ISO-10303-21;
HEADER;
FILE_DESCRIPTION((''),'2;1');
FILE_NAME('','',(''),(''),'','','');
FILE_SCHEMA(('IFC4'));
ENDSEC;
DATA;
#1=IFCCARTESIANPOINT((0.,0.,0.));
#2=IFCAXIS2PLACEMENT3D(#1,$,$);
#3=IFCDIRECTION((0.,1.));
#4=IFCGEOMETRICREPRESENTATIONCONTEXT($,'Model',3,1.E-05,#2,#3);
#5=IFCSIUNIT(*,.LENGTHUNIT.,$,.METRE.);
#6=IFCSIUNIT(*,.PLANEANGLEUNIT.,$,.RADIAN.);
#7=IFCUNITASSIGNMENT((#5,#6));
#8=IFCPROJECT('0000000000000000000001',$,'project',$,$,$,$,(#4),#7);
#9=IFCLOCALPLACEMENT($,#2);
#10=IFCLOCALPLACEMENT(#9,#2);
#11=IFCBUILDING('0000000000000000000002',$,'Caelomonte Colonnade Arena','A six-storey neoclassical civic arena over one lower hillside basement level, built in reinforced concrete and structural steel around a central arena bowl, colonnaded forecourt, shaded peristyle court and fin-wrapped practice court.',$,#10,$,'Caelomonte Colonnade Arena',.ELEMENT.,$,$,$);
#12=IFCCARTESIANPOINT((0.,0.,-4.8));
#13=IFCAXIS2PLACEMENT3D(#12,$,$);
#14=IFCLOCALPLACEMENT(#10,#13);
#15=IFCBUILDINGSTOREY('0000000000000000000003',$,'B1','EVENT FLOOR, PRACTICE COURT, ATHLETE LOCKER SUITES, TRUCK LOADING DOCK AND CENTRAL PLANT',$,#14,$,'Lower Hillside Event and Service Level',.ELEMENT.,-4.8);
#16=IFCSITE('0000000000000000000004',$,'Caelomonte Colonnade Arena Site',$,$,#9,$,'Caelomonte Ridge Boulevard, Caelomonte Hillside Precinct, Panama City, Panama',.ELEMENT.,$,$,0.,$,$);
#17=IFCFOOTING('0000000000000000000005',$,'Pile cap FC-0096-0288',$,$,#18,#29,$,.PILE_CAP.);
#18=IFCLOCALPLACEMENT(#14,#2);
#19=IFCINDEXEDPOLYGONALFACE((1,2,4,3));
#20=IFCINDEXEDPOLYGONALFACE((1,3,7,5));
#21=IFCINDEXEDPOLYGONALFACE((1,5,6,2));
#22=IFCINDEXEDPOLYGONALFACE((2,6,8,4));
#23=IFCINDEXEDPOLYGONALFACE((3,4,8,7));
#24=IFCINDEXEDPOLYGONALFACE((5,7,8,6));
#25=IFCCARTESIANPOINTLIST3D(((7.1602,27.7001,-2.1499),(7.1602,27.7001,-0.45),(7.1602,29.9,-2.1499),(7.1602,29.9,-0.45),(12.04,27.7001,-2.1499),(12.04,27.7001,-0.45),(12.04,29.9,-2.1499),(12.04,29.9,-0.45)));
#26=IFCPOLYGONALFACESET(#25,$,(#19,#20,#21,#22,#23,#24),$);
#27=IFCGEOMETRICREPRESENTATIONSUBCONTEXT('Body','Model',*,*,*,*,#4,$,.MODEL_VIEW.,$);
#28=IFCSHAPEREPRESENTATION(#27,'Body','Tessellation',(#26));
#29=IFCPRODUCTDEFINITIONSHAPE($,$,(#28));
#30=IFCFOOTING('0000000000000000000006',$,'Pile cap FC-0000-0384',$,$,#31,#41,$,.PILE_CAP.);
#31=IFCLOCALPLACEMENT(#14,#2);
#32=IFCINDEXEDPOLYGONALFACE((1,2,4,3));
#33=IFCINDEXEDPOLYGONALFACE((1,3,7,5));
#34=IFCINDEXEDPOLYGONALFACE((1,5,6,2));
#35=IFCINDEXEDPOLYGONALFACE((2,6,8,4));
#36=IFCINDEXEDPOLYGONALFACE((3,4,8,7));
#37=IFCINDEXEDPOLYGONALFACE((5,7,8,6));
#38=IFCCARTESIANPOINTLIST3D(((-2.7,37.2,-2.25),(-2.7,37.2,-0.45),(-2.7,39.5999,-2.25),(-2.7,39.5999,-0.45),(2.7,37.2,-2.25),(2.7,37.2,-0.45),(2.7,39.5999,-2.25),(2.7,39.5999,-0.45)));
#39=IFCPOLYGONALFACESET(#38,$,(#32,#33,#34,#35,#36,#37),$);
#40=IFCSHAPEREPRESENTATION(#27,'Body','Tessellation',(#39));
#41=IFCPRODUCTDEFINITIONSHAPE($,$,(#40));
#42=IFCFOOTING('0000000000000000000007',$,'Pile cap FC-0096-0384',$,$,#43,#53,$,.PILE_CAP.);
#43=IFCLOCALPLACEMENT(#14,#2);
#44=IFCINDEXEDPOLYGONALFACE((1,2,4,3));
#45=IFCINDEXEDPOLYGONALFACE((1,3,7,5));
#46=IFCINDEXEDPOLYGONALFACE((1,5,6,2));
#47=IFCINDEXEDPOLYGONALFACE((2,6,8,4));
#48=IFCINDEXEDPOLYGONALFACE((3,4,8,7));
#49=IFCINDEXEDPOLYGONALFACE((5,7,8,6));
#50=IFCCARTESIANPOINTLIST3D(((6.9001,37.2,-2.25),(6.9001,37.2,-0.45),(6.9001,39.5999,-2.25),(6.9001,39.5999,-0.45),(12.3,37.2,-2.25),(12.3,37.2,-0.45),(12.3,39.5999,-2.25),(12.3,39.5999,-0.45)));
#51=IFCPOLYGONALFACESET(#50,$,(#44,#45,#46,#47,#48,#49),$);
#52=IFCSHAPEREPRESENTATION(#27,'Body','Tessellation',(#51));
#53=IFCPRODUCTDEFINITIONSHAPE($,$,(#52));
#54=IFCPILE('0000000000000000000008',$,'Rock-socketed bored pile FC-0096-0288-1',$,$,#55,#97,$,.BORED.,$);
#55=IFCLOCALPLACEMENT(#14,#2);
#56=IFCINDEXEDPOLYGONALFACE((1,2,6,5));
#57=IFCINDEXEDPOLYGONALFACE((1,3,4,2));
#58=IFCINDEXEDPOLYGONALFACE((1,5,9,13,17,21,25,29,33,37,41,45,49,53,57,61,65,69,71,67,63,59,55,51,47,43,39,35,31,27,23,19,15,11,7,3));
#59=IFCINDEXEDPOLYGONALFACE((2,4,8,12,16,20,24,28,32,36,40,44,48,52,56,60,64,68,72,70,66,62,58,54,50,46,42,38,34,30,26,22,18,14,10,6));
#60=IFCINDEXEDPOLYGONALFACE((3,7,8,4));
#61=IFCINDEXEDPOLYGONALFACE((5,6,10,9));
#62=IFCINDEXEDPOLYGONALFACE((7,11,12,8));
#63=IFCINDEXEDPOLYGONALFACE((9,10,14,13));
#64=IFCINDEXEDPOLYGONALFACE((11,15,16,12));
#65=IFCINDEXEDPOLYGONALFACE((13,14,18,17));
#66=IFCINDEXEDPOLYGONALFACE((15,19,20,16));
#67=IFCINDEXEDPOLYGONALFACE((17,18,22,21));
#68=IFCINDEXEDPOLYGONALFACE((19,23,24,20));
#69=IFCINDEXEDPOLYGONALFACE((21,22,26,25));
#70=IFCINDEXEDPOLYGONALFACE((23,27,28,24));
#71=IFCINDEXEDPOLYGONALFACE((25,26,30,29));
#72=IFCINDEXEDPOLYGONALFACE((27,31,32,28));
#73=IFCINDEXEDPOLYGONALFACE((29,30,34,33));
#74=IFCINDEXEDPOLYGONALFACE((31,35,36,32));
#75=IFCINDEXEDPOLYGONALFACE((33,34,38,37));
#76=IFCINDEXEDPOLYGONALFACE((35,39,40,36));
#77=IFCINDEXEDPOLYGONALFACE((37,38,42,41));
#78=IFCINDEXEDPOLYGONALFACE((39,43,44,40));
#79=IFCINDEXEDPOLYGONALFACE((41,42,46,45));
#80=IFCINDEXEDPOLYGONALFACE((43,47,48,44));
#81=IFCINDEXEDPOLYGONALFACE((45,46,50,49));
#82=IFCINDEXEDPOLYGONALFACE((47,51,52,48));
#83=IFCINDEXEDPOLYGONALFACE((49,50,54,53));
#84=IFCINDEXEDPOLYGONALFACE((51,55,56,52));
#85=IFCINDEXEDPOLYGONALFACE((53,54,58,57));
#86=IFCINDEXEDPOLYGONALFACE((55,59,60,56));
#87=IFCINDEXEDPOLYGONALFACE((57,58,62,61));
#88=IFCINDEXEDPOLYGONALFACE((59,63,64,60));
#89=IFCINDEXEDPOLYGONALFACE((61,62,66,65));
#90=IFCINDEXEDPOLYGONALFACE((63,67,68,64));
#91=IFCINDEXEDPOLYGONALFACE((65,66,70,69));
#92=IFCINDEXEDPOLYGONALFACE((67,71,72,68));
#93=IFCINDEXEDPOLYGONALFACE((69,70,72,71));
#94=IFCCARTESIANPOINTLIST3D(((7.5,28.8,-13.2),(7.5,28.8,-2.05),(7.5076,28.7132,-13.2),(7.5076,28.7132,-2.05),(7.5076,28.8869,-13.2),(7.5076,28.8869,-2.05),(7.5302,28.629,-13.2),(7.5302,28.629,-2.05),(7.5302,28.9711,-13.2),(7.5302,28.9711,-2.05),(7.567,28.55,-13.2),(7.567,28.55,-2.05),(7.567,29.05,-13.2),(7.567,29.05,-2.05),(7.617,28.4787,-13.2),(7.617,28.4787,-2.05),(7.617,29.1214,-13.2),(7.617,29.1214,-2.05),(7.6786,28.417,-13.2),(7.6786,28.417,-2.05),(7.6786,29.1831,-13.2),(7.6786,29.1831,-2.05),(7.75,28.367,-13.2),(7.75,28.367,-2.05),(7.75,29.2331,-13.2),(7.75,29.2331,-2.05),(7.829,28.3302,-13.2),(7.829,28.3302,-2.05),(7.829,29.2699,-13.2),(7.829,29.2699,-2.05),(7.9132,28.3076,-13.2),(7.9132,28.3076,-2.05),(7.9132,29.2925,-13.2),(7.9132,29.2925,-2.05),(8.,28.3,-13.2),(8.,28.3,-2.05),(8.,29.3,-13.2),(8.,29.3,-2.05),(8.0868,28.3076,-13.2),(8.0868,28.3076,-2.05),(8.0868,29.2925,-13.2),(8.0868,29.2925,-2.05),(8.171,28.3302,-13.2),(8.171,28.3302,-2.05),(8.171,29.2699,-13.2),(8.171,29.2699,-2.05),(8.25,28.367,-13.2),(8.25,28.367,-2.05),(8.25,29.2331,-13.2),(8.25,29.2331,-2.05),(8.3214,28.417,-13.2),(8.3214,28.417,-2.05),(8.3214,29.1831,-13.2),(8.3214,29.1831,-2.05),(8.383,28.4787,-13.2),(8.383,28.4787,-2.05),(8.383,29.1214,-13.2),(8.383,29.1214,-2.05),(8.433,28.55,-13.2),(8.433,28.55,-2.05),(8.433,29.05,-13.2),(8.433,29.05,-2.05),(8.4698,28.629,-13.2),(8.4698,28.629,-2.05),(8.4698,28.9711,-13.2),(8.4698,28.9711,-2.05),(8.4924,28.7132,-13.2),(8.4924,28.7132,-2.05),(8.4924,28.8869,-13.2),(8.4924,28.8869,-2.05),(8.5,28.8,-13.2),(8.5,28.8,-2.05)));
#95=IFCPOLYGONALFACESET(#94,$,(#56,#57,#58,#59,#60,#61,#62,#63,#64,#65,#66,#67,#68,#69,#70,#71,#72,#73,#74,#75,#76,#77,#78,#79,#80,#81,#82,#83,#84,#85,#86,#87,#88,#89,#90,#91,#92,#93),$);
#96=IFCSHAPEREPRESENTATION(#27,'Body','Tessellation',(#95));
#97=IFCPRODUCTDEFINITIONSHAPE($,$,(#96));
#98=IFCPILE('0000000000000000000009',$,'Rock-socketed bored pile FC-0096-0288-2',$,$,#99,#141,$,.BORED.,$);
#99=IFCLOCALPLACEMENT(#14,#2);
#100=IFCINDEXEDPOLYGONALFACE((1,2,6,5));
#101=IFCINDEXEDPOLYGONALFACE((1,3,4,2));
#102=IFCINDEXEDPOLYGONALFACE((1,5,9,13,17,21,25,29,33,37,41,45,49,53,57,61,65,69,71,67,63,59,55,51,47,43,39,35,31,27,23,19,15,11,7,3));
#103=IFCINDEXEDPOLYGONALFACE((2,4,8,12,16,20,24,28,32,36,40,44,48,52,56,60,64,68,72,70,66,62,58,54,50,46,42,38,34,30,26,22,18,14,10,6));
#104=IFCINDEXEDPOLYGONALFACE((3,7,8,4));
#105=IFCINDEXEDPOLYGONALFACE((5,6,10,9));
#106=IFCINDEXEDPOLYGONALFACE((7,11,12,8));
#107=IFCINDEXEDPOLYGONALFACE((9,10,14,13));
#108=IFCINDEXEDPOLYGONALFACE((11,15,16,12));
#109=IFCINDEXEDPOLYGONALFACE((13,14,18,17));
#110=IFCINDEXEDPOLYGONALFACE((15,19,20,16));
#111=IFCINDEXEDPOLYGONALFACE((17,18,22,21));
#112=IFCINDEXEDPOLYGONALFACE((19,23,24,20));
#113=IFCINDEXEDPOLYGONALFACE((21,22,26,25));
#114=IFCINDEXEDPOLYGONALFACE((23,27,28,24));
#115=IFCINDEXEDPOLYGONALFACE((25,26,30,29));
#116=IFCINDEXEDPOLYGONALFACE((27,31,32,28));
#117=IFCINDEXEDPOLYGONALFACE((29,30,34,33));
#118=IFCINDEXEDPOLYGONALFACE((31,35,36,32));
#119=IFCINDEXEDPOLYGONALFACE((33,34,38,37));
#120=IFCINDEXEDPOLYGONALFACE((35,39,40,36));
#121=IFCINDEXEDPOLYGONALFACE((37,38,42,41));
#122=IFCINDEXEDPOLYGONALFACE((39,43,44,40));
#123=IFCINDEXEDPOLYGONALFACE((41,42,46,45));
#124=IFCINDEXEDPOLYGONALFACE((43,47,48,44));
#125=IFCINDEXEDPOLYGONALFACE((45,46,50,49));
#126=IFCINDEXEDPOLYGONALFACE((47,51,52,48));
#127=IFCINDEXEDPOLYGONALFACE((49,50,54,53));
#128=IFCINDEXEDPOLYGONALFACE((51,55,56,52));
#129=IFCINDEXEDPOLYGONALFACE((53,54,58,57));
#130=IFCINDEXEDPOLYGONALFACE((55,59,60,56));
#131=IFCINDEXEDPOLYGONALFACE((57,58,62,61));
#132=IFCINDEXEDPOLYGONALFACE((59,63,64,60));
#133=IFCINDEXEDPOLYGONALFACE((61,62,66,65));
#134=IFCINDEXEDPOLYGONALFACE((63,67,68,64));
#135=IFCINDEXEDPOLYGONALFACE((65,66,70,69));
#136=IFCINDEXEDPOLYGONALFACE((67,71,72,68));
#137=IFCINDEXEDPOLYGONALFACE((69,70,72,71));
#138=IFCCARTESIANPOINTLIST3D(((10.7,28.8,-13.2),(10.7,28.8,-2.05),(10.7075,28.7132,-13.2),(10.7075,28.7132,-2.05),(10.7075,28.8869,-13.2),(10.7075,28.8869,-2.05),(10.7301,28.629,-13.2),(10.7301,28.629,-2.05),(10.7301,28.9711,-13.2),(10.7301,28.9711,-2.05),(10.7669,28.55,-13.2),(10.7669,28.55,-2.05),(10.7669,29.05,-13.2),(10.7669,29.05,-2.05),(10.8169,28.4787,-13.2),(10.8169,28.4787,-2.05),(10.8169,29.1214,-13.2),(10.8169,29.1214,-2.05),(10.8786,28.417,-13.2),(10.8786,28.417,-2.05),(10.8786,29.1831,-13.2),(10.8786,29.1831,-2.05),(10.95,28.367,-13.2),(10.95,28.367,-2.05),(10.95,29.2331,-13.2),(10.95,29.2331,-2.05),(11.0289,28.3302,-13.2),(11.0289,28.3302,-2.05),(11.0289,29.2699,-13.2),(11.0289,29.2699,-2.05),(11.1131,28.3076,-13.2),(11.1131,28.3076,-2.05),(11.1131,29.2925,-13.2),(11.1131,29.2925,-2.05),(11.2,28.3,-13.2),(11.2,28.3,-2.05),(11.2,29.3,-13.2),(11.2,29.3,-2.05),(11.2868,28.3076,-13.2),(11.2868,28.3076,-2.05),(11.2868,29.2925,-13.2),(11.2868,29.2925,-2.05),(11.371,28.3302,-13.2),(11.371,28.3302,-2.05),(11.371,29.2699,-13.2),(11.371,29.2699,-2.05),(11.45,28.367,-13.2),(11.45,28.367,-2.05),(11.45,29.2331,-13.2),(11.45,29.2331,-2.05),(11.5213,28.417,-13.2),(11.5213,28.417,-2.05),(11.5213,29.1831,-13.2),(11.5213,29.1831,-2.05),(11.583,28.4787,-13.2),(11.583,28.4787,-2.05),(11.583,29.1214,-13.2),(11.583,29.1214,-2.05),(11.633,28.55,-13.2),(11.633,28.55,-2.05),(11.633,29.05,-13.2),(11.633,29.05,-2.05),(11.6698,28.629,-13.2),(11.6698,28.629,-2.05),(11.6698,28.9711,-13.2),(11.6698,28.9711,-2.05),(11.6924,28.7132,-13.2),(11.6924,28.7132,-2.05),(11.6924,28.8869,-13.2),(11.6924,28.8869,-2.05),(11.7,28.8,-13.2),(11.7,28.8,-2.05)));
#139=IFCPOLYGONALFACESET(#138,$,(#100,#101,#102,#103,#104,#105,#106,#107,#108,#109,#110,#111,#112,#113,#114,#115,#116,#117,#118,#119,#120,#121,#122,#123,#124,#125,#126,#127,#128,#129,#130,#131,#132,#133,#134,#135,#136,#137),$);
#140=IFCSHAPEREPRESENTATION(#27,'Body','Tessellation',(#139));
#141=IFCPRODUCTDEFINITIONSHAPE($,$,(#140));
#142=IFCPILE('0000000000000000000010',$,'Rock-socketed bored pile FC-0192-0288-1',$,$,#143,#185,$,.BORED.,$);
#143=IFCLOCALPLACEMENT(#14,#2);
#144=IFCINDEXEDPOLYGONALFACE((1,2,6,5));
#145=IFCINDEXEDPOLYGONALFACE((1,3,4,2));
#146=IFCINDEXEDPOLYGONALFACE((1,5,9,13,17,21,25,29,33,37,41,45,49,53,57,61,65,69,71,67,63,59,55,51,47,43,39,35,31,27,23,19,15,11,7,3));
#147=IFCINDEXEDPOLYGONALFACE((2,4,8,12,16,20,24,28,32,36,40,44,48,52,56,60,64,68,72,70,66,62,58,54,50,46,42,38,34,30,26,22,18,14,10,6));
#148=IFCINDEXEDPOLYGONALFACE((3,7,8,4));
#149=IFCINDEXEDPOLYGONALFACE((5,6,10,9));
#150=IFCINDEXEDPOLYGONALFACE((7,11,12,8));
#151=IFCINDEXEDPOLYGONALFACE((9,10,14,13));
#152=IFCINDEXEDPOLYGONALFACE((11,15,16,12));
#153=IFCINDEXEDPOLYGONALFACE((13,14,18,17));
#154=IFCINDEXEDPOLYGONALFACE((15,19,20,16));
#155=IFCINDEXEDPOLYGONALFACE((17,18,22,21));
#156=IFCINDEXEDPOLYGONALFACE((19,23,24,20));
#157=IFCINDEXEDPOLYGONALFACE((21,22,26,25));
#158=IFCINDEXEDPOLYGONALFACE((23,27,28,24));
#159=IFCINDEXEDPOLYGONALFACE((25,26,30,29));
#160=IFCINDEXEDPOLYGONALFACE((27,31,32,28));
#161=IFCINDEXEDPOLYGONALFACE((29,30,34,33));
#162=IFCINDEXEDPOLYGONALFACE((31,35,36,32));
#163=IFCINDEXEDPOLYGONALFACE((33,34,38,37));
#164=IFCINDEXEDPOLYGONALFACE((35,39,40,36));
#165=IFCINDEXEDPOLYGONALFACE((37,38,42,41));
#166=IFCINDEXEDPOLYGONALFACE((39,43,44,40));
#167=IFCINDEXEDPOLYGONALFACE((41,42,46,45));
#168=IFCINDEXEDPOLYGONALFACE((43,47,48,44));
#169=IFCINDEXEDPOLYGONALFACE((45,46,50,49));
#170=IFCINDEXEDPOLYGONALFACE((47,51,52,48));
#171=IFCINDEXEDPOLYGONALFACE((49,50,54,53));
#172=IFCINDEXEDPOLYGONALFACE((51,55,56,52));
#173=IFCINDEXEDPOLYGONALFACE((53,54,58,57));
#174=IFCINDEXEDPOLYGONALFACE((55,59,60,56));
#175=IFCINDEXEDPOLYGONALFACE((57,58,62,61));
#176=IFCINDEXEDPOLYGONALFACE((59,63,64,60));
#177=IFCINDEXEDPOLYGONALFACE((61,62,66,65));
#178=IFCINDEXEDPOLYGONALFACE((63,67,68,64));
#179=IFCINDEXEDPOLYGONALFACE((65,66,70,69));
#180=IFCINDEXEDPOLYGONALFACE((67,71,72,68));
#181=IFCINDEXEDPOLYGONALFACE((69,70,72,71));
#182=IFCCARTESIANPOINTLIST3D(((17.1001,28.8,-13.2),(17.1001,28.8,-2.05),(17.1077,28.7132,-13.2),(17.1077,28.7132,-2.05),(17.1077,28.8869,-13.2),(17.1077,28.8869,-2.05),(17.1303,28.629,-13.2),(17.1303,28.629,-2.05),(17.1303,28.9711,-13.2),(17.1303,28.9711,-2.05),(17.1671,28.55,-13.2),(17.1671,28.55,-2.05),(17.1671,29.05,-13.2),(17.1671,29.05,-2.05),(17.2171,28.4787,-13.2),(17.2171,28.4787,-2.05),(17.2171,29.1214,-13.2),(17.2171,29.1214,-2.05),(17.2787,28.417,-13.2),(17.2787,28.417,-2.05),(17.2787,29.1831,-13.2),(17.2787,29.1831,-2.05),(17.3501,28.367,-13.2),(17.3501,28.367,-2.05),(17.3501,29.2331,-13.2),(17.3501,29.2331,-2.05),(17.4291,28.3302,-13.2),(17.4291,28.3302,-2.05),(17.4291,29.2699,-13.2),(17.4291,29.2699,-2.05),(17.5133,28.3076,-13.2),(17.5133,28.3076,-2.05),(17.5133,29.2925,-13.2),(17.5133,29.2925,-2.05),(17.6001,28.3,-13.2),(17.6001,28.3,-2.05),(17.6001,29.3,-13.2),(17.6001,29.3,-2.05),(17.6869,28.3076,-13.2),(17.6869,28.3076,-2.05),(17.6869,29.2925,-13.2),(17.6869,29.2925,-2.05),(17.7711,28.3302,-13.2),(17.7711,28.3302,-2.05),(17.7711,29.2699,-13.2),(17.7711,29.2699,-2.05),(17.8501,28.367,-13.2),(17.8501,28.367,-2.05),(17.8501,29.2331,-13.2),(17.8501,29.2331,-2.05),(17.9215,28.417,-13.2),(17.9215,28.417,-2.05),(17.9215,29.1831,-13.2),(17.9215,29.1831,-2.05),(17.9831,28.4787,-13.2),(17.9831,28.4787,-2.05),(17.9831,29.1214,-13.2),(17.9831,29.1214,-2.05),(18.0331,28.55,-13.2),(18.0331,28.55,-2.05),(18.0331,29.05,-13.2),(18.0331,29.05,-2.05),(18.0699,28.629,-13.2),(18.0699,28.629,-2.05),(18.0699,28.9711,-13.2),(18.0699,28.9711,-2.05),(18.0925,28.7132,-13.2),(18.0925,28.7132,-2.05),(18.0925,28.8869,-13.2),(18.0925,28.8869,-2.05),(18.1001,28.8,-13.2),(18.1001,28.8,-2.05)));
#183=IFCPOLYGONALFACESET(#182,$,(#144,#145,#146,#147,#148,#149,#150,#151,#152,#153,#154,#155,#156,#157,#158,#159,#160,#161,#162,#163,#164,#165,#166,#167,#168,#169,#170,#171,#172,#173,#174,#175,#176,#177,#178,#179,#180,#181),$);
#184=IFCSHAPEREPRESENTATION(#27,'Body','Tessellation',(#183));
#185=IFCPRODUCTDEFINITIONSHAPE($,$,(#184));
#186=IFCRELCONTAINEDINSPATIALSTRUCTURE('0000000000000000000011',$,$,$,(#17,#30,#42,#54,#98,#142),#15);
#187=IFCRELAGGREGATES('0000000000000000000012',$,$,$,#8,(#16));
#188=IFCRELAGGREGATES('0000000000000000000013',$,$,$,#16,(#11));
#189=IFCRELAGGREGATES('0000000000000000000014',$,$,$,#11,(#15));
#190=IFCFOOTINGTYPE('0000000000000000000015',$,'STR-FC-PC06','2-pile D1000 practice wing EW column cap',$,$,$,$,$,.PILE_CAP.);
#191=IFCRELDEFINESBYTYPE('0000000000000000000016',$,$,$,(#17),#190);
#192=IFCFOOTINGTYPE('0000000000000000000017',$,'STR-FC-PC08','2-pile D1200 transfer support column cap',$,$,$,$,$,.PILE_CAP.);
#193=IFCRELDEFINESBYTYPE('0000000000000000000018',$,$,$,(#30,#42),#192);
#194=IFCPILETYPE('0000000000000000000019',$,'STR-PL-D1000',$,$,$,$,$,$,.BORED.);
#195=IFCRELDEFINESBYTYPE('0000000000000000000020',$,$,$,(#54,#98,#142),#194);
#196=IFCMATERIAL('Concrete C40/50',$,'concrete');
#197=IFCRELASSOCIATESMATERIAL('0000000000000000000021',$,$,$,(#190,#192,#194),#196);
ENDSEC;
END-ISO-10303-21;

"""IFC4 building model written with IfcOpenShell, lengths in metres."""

from ifc_helpers import new_model, si_unit, direction, frame, origin, origin_2d, place, context, subcontext, project, spatial, rectangle, circle, extrude, material, material_profile, profile_set, type_object, element, save


model = new_model("IFC4")

# Units and contexts
model_context = context("Model", 3, precision=1e-05, world=origin(), true_north=direction((0.0, 1.0)))
body_context = subcontext(model_context, "Body", "Model", "MODEL_VIEW")
ifc_project = project(units=[si_unit("LENGTHUNIT", "METRE"), si_unit("PLANEANGLEUNIT", "RADIAN")], contexts=[model_context])

# Site, building, storey
site_placement = place(None, origin())
site = spatial("IfcSite", under=ifc_project, at=site_placement, Name="Caelomonte Colonnade Arena Site", LongName="Caelomonte Ridge Boulevard, Caelomonte Hillside Precinct, Panama City, Panama", CompositionType="ELEMENT", RefElevation=0.0)
building_placement = place(site_placement, origin())
building = spatial("IfcBuilding", under=site, at=building_placement, Name="Caelomonte Colonnade Arena", Description="A six-storey neoclassical civic arena over one lower hillside basement level, built in reinforced concrete and structural steel around a central arena bowl, colonnaded forecourt, shaded peristyle court and fin-wrapped practice court.", LongName="Caelomonte Colonnade Arena", CompositionType="ELEMENT")
storey_placement = place(building_placement, frame((0.0, 0.0, -4.8)))
storey = spatial("IfcBuildingStorey", under=building, at=storey_placement, Name="B1", Description="EVENT FLOOR, PRACTICE COURT, ATHLETE LOCKER SUITES, TRUCK LOADING DOCK AND CENTRAL PLANT", LongName="Lower Hillside Event and Service Level", CompositionType="ELEMENT", Elevation=-4.8)

# Footings
ifc_material_1 = material(Name="Concrete C40/50", Category="concrete")
footing_type_1 = type_object("IfcFootingType", Name="STR-FC-PC06", Description="2-pile D1000 practice wing EW column cap", PredefinedType="PILE_CAP", material=ifc_material_1)
footing_placement = place(storey_placement, frame((9.6001, 28.8, -2.1499), z_axis=(0.0, 0.0, 1.0), x_axis=(1.0, 0.0, 0.0)))
element("IfcFooting", 1, at=footing_placement, inside=storey, type_object=footing_type_1, Name="Pile cap FC-0096-0288", PredefinedType="PILE_CAP", context=body_context, shape_type="SweptSolid", body=[
    extrude(rectangle(XDim=4.8799, YDim=2.2, at=origin_2d()), origin(), (0.0, 0.0, 1.0), 1.7),
])
footing_type_2 = type_object("IfcFootingType", Name="STR-FC-PC08", Description="2-pile D1200 transfer support column cap", PredefinedType="PILE_CAP", material=ifc_material_1)
for number, where, z_axis, x_axis, name in (
    (2, (0.0, 38.3999, -2.25), (0.0, 0.0, 1.0), (1.0, 0.0, 0.0), "Pile cap FC-0000-0384"),
    (3, (9.6001, 38.3999, -2.25), (0.0, 0.0, 1.0), (1.0, 0.0, 0.0), "Pile cap FC-0096-0384"),
):
    element("IfcFooting", number, at=place(storey_placement, frame(where, z_axis=z_axis, x_axis=x_axis)), inside=storey, type_object=footing_type_2, Name=name, PredefinedType="PILE_CAP", context=body_context, shape_type="SweptSolid", body=[
        extrude(rectangle(XDim=5.3999, YDim=2.3999, at=origin_2d()), origin(), (0.0, 0.0, 1.0), 1.8),
    ])

# Piles
ifc_material_profile_1 = material_profile(ifc_material_1, circle(Radius=0.5, at=origin_2d()), Name="PILE-D1000")
ifc_profile_set_1 = profile_set([ifc_material_profile_1], Name="Concrete C40/50")
pile_type_1 = type_object("IfcPileType", Name="STR-PL-D1000", PredefinedType="BORED", material=ifc_profile_set_1)
for number, where, z_axis, x_axis, name in (
    (4, (8.0, 28.8, -2.05), (0.0, 0.0, -1.0), (1.0, 0.0, 0.0), "Rock-socketed bored pile FC-0096-0288-1"),
    (5, (11.2, 28.8, -2.05), (0.0, 0.0, -1.0), (1.0, 0.0, 0.0), "Rock-socketed bored pile FC-0096-0288-2"),
    (6, (17.6001, 28.8, -2.05), (0.0, 0.0, -1.0), (1.0, 0.0, 0.0), "Rock-socketed bored pile FC-0192-0288-1"),
):
    element("IfcPile", number, at=place(storey_placement, frame(where, z_axis=z_axis, x_axis=x_axis)), inside=storey, type_object=pile_type_1, Name=name, PredefinedType="BORED", context=body_context, shape_type="SweptSolid", body=[
        extrude(circle(Radius=0.5, at=origin_2d()), origin(), (0.0, 0.0, 1.0), 11.1499),
    ])

save(model, "model.ifc")
